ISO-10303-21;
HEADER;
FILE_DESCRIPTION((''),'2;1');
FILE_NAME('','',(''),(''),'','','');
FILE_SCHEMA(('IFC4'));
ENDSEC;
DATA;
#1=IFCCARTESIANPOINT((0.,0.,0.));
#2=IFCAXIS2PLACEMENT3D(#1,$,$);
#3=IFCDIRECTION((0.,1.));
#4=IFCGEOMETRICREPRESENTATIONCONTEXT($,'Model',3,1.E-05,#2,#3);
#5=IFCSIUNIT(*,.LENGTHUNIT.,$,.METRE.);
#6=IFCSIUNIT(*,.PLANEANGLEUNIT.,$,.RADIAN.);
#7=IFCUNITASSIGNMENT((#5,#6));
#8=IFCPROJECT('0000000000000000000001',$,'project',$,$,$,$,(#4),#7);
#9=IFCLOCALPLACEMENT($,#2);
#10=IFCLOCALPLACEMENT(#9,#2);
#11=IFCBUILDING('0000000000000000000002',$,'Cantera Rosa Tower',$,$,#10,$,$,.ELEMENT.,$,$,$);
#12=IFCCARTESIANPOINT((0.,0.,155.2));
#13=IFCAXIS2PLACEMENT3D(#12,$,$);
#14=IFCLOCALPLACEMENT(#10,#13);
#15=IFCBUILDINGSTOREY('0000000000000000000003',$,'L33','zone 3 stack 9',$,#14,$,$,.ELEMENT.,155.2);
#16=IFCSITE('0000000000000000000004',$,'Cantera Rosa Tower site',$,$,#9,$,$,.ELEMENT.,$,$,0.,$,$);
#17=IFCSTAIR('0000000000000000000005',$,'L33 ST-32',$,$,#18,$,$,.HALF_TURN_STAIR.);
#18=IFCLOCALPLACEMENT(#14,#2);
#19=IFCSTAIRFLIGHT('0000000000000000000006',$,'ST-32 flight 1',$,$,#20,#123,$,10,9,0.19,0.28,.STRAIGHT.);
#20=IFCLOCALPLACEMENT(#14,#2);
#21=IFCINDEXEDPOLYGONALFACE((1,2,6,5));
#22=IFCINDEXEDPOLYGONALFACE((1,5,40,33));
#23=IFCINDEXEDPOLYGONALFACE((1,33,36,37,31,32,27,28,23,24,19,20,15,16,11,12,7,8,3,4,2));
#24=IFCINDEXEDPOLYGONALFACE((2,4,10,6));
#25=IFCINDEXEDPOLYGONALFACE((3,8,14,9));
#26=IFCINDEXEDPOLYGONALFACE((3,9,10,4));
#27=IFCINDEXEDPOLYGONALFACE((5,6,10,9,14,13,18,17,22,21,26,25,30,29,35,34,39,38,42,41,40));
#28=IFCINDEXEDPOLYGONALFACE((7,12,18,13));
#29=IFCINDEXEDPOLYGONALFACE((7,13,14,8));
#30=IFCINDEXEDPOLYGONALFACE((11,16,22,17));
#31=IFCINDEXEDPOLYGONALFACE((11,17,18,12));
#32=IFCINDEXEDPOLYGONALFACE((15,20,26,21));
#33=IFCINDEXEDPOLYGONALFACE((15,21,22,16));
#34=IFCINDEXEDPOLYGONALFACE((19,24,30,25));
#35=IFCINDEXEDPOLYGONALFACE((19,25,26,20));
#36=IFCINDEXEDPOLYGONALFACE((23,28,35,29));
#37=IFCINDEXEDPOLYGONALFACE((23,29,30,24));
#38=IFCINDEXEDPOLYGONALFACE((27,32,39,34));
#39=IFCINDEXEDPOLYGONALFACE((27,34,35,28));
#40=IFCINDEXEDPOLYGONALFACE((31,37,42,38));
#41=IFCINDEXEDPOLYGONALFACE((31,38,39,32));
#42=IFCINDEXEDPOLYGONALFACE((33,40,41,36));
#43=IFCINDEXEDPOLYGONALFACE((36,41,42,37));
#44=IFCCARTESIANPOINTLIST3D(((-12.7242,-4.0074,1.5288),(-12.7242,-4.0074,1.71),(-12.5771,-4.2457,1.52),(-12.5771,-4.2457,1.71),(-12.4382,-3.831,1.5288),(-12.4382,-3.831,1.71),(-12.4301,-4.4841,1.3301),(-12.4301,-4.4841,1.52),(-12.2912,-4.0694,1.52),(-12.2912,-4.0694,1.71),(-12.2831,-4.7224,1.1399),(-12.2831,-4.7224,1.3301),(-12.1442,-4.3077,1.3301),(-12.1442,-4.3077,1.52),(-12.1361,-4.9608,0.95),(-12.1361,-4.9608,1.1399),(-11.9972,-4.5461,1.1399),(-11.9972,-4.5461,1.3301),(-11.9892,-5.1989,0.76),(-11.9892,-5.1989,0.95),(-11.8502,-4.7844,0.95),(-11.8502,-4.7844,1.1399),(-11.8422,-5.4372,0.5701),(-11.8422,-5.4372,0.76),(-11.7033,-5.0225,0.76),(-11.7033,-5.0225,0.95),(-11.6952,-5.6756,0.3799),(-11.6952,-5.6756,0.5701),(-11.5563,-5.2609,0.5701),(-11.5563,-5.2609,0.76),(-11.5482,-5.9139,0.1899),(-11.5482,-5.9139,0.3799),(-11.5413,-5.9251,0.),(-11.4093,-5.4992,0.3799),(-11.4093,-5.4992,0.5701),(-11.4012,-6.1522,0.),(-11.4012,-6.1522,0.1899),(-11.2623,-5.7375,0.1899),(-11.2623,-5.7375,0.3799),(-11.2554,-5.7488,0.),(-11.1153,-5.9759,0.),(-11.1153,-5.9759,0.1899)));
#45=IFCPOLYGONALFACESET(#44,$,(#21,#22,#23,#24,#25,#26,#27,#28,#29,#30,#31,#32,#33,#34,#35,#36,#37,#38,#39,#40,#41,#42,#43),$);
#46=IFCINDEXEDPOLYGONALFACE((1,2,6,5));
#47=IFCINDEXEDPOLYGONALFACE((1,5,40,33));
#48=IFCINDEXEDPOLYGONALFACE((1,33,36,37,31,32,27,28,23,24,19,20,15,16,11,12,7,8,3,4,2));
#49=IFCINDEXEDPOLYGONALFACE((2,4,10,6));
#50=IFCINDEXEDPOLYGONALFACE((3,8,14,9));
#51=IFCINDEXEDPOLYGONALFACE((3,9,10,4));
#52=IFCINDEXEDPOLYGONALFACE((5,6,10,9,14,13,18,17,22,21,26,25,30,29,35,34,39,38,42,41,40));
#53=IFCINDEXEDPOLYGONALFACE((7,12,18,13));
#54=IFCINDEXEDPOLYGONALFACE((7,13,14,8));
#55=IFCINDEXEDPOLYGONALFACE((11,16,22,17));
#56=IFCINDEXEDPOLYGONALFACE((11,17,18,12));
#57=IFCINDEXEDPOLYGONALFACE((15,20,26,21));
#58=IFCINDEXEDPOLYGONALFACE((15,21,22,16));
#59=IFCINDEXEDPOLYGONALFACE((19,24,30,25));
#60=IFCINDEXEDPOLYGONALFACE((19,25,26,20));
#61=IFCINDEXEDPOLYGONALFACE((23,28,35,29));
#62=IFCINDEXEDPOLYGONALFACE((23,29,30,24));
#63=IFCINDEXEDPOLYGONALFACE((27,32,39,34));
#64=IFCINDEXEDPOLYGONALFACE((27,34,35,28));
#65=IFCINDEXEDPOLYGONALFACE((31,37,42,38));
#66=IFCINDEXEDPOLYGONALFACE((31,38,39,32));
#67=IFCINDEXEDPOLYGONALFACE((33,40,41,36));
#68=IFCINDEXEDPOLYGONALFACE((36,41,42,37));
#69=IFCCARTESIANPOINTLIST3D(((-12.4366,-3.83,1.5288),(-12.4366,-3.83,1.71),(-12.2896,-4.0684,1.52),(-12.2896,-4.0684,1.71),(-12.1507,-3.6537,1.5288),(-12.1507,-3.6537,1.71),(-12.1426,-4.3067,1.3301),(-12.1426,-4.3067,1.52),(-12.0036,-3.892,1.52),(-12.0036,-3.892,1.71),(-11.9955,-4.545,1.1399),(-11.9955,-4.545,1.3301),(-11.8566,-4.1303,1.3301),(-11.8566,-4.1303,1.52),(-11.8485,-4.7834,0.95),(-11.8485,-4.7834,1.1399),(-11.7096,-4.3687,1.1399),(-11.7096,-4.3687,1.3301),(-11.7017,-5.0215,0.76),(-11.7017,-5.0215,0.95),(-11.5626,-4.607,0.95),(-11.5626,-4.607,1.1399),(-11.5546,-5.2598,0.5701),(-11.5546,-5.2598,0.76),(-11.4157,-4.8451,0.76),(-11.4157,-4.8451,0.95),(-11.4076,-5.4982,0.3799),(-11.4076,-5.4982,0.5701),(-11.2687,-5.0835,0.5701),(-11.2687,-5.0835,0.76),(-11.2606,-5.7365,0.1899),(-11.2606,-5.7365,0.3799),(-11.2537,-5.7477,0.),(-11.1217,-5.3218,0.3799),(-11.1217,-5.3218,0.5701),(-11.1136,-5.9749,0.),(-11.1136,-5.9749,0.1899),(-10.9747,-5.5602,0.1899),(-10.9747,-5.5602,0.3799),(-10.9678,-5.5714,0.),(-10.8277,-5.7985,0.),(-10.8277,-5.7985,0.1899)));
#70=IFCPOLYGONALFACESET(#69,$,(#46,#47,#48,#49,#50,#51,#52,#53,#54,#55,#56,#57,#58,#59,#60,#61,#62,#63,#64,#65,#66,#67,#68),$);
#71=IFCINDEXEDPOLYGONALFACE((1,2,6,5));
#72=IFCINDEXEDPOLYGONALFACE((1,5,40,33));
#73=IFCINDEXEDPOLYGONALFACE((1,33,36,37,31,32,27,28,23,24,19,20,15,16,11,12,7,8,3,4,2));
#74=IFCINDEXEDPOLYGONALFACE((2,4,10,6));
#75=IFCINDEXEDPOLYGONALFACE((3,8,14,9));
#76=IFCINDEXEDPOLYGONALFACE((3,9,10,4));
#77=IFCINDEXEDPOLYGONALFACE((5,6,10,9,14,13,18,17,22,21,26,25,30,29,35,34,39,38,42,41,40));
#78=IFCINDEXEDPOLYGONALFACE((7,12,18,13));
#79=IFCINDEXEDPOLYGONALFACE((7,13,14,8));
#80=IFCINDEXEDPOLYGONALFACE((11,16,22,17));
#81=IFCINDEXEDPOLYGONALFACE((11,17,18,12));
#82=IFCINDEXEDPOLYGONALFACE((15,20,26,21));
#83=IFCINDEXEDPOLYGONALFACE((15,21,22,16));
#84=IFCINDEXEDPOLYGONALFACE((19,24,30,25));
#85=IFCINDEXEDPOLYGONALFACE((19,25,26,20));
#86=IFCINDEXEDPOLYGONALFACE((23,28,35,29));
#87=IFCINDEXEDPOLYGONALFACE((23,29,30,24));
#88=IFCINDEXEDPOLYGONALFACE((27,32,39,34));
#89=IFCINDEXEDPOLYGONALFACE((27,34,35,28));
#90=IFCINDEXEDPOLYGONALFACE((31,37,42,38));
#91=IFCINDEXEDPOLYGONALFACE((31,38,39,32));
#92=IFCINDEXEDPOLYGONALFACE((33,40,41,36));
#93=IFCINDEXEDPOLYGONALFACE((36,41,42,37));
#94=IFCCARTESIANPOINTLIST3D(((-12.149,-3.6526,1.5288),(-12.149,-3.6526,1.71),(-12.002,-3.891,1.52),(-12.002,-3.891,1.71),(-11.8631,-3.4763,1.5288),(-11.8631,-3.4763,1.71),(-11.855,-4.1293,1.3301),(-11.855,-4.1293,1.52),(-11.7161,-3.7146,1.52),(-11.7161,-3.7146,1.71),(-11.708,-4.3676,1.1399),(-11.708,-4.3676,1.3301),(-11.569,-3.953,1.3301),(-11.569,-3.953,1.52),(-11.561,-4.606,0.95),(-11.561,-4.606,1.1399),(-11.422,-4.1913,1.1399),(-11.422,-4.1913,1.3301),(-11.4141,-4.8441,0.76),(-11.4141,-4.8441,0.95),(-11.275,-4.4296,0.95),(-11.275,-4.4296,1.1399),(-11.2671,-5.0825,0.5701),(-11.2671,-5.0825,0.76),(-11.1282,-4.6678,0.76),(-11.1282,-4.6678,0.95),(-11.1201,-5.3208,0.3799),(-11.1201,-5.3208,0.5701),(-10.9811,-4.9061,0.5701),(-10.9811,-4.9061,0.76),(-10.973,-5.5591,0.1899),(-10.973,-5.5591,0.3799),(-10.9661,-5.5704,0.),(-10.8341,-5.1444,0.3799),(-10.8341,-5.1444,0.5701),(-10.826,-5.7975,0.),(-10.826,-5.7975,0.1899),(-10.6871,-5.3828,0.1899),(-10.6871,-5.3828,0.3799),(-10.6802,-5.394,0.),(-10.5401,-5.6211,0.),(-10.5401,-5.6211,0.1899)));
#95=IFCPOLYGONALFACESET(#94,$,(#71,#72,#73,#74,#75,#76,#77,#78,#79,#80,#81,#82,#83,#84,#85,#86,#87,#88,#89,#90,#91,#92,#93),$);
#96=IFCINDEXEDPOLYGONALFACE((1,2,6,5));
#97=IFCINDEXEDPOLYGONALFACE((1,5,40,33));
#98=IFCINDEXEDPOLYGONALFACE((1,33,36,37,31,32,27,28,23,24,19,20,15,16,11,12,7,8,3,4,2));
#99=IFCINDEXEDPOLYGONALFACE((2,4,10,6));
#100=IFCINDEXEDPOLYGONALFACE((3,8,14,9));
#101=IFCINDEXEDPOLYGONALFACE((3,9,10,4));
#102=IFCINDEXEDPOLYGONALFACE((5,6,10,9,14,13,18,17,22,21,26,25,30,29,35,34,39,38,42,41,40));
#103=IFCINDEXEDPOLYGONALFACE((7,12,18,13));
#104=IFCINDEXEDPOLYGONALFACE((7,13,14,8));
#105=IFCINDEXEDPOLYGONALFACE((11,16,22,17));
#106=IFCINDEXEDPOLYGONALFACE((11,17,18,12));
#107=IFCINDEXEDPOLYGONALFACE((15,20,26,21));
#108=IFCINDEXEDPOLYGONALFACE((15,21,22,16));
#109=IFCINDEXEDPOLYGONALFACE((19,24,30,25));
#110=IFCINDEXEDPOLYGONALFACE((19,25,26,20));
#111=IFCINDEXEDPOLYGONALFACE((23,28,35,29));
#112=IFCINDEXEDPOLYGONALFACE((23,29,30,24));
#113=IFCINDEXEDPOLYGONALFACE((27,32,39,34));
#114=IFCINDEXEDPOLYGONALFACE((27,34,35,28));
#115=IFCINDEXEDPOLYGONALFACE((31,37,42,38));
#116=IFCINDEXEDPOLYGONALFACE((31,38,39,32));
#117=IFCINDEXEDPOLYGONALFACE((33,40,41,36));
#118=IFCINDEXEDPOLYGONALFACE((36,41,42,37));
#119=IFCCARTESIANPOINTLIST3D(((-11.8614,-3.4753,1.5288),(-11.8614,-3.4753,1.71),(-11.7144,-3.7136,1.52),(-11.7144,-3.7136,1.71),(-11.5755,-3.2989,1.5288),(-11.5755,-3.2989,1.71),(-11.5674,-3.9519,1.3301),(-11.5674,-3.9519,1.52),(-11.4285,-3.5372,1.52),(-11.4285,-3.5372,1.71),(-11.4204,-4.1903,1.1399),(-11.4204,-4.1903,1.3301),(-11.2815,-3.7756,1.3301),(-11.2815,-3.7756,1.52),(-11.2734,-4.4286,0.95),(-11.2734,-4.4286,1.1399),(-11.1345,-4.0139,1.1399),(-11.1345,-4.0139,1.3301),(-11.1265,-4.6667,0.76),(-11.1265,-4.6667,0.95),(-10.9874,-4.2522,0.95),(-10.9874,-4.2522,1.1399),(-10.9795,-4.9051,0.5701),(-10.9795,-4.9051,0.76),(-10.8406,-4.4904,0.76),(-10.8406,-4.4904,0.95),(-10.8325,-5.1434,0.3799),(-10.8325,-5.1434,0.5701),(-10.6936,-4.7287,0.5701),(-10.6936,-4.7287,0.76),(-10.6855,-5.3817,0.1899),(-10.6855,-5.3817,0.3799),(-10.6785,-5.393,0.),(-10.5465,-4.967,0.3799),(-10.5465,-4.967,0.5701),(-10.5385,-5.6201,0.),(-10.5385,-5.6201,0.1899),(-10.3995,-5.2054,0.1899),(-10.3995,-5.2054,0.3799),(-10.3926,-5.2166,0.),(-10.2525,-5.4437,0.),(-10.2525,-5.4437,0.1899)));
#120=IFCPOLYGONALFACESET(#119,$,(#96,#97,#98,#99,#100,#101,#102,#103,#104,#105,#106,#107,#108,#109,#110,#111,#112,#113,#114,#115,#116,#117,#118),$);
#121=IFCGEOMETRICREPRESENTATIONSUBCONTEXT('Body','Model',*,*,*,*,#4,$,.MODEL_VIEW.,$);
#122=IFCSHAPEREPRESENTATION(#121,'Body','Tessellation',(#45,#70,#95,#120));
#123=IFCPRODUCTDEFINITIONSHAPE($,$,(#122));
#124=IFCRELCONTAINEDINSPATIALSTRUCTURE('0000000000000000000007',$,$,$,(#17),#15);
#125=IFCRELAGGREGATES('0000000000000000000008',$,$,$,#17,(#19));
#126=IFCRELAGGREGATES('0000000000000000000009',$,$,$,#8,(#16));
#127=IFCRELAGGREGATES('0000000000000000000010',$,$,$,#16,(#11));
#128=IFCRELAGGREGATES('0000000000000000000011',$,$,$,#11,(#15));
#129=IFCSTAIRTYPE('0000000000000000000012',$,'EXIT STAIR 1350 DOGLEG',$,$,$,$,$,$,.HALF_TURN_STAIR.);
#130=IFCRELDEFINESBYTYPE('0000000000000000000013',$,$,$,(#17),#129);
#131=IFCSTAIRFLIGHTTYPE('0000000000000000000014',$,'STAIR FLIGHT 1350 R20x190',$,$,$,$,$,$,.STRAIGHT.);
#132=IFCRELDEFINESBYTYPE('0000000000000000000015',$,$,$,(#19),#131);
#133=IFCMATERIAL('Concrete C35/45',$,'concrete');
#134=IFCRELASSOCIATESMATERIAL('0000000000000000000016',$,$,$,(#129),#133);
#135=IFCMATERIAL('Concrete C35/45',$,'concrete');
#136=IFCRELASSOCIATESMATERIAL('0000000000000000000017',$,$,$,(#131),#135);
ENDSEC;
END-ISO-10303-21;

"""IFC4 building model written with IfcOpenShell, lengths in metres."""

from ifc_helpers import new_model, si_unit, direction, frame, origin, place, context, subcontext, project, spatial, polyline, outline, extrude, material, type_object, element, aggregate, save


model = new_model("IFC4")

# Units and contexts
model_context = context("Model", 3, precision=1e-05, world=origin(), true_north=direction((0.0, 1.0)))
body_context = subcontext(model_context, "Body", "Model", "MODEL_VIEW")
ifc_project = project(units=[si_unit("LENGTHUNIT", "METRE"), si_unit("PLANEANGLEUNIT", "RADIAN")], contexts=[model_context])

# Site, building, storey
site_placement = place(None, origin())
site = spatial("IfcSite", under=ifc_project, at=site_placement, Name="Cantera Rosa Tower site", CompositionType="ELEMENT", RefElevation=0.0)
building_placement = place(site_placement, origin())
building = spatial("IfcBuilding", under=site, at=building_placement, Name="Cantera Rosa Tower", CompositionType="ELEMENT")
storey_placement = place(building_placement, frame((0.0, 0.0, 155.2)))
storey = spatial("IfcBuildingStorey", under=building, at=storey_placement, Name="L33", Description="zone 3 stack 9", CompositionType="ELEMENT", Elevation=155.2)

# Stair, stair flight
ifc_material_1 = material(Name="Concrete C35/45", Category="concrete")
stair_type = type_object("IfcStairType", Name="EXIT STAIR 1350 DOGLEG", PredefinedType="HALF_TURN_STAIR", material=ifc_material_1)
stair_placement = place(storey_placement, origin())
stair = element("IfcStair", 1, at=stair_placement, inside=storey, type_object=stair_type, Name="L33 ST-32", PredefinedType="HALF_TURN_STAIR")
ifc_material_2 = material(Name="Concrete C35/45", Category="concrete")
stair_flight_type = type_object("IfcStairFlightType", Name="STAIR FLIGHT 1350 R20x190", PredefinedType="STRAIGHT", material=ifc_material_2)
stair_flight_placement = place(storey_placement, frame((-10.8267, -5.7979, 0.0), z_axis=(0.0, 0.0, 1.0), x_axis=(-0.524977, 0.851117, 0.0)))
stair_flight = element("IfcStairFlight", 2, at=stair_flight_placement, type_object=stair_flight_type, Name="ST-32 flight 1", NumberOfRisers=10, NumberOfTreads=9, PredefinedType="STRAIGHT", RiserHeight=0.19, TreadLength=0.28, context=body_context, shape_type="SweptSolid", body=[
    extrude(outline(polyline([(0.0, 0.0), (0.0, 0.1899), (0.28, 0.1899), (0.28, 0.3799), (0.5601, 0.3799), (0.5601, 0.5701), (0.8401, 0.5701), (0.8401, 0.76), (1.1201, 0.76), (1.1201, 0.95), (1.3999, 0.95), (1.3999, 1.1399), (1.6799, 1.1399), (1.6799, 1.3301), (1.96, 1.3301), (1.96, 1.52), (2.24, 1.52), (2.24, 1.71), (2.52, 1.71), (2.52, 1.8999), (2.52, 1.5288), (0.2668, 0.0), (0.0, 0.0)])), frame((0.0, 0.675, 0.0), z_axis=(0.0, -1.0, 0.0), x_axis=(1.0, 0.0, 0.0)), (0.0, 0.0, 1.0), 0.3359),
    extrude(outline(polyline([(0.0, 0.0), (0.0, 0.1899), (0.28, 0.1899), (0.28, 0.3799), (0.5601, 0.3799), (0.5601, 0.5701), (0.8401, 0.5701), (0.8401, 0.76), (1.1201, 0.76), (1.1201, 0.95), (1.3999, 0.95), (1.3999, 1.1399), (1.6799, 1.1399), (1.6799, 1.3301), (1.96, 1.3301), (1.96, 1.52), (2.24, 1.52), (2.24, 1.71), (2.52, 1.71), (2.52, 1.8999), (2.52, 1.5288), (0.2668, 0.0), (0.0, 0.0)])), frame((0.0, 0.3372, 0.0), z_axis=(0.0, -1.0, 0.0), x_axis=(1.0, 0.0, 0.0)), (0.0, 0.0, 1.0), 0.3359),
    extrude(outline(polyline([(0.0, 0.0), (0.0, 0.1899), (0.28, 0.1899), (0.28, 0.3799), (0.5601, 0.3799), (0.5601, 0.5701), (0.8401, 0.5701), (0.8401, 0.76), (1.1201, 0.76), (1.1201, 0.95), (1.3999, 0.95), (1.3999, 1.1399), (1.6799, 1.1399), (1.6799, 1.3301), (1.96, 1.3301), (1.96, 1.52), (2.24, 1.52), (2.24, 1.71), (2.52, 1.71), (2.52, 1.8999), (2.52, 1.5288), (0.2668, 0.0), (0.0, 0.0)])), frame((0.0, -0.0007, 0.0), z_axis=(0.0, -1.0, 0.0), x_axis=(1.0, 0.0, 0.0)), (0.0, 0.0, 1.0), 0.3359),
    extrude(outline(polyline([(0.0, 0.0), (0.0, 0.1899), (0.28, 0.1899), (0.28, 0.3799), (0.5601, 0.3799), (0.5601, 0.5701), (0.8401, 0.5701), (0.8401, 0.76), (1.1201, 0.76), (1.1201, 0.95), (1.3999, 0.95), (1.3999, 1.1399), (1.6799, 1.1399), (1.6799, 1.3301), (1.96, 1.3301), (1.96, 1.52), (2.24, 1.52), (2.24, 1.71), (2.52, 1.71), (2.52, 1.8999), (2.52, 1.5288), (0.2668, 0.0), (0.0, 0.0)])), frame((0.0, -0.3386, 0.0), z_axis=(0.0, -1.0, 0.0), x_axis=(1.0, 0.0, 0.0)), (0.0, 0.0, 1.0), 0.3359),
])
aggregate(stair, [stair_flight])

save(model, "model.ifc")
